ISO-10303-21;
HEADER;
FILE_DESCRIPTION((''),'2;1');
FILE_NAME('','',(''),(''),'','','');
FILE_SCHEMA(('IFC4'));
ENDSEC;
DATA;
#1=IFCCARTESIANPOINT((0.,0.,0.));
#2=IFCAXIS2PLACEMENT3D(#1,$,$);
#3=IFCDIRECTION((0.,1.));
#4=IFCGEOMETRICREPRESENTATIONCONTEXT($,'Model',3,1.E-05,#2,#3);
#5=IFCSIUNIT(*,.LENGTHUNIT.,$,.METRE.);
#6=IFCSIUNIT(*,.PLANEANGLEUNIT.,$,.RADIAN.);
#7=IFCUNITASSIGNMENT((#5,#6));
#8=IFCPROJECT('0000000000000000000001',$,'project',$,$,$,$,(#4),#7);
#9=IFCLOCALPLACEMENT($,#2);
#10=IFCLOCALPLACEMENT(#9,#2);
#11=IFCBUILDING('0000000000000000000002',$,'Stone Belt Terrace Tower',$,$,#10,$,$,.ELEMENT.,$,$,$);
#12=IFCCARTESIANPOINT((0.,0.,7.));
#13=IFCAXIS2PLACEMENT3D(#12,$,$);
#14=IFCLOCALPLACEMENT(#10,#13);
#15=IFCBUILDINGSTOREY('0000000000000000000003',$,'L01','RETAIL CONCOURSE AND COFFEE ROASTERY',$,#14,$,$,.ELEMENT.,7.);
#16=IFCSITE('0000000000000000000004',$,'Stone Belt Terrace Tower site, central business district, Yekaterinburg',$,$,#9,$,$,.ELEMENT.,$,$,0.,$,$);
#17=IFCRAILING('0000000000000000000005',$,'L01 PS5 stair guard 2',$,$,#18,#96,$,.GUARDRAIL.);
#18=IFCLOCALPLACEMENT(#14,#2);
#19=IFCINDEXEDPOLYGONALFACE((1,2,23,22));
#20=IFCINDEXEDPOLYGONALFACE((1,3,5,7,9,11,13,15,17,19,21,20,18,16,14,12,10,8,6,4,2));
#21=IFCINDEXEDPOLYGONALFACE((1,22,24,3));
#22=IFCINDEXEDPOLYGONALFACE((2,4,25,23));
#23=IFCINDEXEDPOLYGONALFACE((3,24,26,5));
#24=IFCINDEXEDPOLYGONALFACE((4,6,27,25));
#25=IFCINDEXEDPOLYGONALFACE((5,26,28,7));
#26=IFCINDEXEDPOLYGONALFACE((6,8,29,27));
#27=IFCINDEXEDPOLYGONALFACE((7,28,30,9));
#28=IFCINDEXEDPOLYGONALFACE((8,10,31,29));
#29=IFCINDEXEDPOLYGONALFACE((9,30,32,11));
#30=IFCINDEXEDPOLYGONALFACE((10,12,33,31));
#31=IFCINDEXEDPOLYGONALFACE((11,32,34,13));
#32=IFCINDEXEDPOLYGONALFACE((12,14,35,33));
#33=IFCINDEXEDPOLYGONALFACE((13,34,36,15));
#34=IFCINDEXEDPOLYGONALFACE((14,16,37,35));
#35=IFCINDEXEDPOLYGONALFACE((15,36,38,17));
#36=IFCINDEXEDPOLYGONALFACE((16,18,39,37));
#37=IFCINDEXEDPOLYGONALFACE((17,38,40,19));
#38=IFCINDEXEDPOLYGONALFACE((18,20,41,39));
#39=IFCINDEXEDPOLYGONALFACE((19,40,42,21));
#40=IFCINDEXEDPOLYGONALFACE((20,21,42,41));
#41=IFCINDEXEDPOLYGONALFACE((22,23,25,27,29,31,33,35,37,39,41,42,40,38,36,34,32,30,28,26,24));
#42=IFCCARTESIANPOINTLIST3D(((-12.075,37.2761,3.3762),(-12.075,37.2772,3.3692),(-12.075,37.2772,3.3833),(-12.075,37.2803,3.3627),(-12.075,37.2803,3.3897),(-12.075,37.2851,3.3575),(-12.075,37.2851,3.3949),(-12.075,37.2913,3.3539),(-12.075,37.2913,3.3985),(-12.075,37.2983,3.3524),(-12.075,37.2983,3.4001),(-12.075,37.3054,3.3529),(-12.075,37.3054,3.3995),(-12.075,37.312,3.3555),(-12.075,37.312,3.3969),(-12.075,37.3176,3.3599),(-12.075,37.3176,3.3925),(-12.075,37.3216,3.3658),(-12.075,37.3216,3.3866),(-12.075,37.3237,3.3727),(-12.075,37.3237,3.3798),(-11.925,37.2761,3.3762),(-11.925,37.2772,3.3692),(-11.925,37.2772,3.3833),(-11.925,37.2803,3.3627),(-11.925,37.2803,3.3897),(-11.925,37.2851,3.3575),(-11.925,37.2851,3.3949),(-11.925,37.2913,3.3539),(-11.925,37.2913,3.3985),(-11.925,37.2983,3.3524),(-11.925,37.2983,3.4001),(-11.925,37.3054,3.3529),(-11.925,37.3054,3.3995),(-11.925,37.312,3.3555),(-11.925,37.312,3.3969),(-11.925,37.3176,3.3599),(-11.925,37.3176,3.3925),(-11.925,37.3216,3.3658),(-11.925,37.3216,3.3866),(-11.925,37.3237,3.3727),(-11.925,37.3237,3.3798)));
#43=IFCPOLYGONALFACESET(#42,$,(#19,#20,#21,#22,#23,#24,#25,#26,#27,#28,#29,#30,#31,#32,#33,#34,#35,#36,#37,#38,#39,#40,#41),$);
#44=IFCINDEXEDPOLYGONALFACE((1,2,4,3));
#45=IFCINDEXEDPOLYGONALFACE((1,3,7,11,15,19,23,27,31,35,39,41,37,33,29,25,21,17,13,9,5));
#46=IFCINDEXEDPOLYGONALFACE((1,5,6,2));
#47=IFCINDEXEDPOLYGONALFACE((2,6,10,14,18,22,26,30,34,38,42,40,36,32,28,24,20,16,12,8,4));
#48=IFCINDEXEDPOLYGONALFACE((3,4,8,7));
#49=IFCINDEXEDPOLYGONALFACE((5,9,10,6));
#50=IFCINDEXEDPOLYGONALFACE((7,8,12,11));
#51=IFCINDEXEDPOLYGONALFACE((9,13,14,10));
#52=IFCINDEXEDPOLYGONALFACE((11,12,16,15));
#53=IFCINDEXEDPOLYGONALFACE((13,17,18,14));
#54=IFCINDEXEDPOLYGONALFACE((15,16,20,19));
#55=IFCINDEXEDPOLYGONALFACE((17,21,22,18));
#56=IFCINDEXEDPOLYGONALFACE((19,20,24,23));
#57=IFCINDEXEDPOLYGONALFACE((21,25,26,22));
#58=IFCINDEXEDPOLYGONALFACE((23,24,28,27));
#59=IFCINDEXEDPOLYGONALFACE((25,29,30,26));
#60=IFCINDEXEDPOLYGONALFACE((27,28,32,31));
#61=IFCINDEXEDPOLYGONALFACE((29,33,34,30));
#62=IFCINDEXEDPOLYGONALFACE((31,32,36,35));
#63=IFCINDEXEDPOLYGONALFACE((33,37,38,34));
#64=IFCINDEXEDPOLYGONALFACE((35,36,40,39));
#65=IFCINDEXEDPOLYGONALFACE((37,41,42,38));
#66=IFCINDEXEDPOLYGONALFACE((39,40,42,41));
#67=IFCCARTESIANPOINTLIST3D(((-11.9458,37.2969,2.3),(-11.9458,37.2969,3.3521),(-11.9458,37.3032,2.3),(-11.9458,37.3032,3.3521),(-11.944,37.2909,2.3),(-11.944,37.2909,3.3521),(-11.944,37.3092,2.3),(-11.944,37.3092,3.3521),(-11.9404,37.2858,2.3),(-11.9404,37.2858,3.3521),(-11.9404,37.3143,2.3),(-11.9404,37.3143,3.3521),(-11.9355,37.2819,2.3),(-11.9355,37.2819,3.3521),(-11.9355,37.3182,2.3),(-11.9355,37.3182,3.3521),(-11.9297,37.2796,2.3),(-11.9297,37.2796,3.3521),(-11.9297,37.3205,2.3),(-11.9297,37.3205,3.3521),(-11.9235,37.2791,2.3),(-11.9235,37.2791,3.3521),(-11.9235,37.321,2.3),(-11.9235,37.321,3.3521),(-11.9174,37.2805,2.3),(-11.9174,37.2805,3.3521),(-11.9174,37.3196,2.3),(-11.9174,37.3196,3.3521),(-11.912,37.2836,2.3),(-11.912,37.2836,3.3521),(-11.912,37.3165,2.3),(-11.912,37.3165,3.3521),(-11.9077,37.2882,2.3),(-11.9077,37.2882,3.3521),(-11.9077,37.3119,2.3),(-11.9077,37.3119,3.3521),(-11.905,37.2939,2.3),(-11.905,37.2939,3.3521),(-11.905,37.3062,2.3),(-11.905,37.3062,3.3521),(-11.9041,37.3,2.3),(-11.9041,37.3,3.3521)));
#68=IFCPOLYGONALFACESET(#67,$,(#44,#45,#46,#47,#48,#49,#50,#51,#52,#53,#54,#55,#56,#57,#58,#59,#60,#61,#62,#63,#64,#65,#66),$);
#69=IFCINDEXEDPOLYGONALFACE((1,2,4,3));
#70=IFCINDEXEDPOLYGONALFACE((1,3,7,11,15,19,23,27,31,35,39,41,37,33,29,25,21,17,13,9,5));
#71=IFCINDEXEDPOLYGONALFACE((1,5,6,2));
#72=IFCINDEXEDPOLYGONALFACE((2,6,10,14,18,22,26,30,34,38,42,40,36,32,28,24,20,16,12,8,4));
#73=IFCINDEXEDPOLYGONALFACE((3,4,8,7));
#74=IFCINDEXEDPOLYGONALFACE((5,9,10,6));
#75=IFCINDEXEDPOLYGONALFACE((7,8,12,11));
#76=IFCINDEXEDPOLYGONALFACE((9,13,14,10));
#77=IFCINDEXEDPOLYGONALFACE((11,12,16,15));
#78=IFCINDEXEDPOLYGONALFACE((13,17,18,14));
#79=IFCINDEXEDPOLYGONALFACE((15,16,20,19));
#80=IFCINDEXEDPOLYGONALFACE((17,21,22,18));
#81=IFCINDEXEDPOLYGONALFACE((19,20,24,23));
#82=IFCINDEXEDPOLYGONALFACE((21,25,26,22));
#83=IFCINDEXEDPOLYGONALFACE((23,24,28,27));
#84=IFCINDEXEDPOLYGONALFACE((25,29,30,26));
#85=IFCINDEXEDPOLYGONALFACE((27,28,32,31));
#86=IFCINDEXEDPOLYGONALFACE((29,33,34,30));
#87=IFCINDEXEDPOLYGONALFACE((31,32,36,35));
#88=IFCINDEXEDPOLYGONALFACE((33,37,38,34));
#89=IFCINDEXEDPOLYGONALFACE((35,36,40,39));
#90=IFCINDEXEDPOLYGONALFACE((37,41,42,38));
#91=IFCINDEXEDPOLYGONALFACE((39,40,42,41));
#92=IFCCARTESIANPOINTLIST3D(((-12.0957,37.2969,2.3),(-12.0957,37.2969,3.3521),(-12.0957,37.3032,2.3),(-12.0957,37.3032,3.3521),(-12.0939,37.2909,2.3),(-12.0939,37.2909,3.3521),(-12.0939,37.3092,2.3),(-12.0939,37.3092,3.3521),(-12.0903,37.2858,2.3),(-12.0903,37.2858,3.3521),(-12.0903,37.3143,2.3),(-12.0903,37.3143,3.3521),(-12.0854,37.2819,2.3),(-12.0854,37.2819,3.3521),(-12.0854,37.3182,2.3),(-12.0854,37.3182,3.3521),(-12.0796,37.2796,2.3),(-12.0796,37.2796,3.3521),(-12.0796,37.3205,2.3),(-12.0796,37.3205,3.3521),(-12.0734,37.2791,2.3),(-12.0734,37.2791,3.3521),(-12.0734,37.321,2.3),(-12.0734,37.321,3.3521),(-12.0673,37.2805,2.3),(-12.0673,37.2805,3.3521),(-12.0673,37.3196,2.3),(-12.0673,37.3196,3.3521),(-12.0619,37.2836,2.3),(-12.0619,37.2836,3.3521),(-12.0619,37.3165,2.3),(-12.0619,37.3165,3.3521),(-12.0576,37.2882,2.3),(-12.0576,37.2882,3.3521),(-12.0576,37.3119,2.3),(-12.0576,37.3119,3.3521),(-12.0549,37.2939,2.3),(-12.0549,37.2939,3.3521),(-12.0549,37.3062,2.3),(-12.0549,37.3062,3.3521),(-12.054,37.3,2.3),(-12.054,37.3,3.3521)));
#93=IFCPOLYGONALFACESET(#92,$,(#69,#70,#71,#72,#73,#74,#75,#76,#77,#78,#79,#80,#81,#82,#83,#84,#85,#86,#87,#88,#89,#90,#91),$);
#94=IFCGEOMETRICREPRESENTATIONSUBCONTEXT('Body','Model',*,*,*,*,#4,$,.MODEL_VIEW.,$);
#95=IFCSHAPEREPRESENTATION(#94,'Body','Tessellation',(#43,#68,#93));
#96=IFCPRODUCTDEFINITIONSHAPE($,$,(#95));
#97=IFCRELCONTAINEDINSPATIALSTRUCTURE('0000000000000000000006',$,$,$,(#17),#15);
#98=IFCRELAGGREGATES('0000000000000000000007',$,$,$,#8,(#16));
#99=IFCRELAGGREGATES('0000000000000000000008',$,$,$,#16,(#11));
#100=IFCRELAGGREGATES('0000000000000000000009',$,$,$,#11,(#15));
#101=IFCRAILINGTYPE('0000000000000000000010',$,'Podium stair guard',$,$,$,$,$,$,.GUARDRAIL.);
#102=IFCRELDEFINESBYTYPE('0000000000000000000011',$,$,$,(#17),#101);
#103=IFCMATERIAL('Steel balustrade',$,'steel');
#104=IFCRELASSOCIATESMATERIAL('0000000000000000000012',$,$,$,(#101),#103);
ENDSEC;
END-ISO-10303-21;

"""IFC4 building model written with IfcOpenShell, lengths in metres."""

from ifc_helpers import new_model, si_unit, direction, frame, origin, origin_2d, place, context, subcontext, project, spatial, circle, extrude, material, type_object, element, save


model = new_model("IFC4")

# Units and contexts
model_context = context("Model", 3, precision=1e-05, world=origin(), true_north=direction((0.0, 1.0)))
body_context = subcontext(model_context, "Body", "Model", "MODEL_VIEW")
ifc_project = project(units=[si_unit("LENGTHUNIT", "METRE"), si_unit("PLANEANGLEUNIT", "RADIAN")], contexts=[model_context])

# Site, building, storey
site_placement = place(None, origin())
site = spatial("IfcSite", under=ifc_project, at=site_placement, Name="Stone Belt Terrace Tower site, central business district, Yekaterinburg", CompositionType="ELEMENT", RefElevation=0.0)
building_placement = place(site_placement, origin())
building = spatial("IfcBuilding", under=site, at=building_placement, Name="Stone Belt Terrace Tower", CompositionType="ELEMENT")
storey_placement = place(building_placement, frame((0.0, 0.0, 7.0)))
storey = spatial("IfcBuildingStorey", under=building, at=storey_placement, Name="L01", Description="RETAIL CONCOURSE AND COFFEE ROASTERY", CompositionType="ELEMENT", Elevation=7.0)

# Railing
ifc_material_1 = material(Name="Steel balustrade", Category="steel")
railing_type_1 = type_object("IfcRailingType", Name="Podium stair guard", PredefinedType="GUARDRAIL", material=ifc_material_1)
railing_1_placement = place(storey_placement, frame((-11.925, 37.3, 2.3)))
element("IfcRailing", 1, at=railing_1_placement, inside=storey, type_object=railing_type_1, Name="L01 PS5 stair guard 2", PredefinedType="GUARDRAIL", context=body_context, shape_type="SweptSolid", body=[
    extrude(circle(Radius=0.0239, at=origin_2d()), frame((0.0, 0.0, 1.0762), z_axis=(-1.0, 0.0, 0.0), x_axis=(0.0, -1.0, 0.0)), (0.0, 0.0, 1.0), 0.1499),
    extrude(circle(Radius=0.021, at=origin_2d()), origin(), (0.0, 0.0, 1.0), 1.052),
    extrude(circle(Radius=0.021, at=origin_2d()), frame((-0.1499, 0.0, 0.0)), (0.0, 0.0, 1.0), 1.052),
])

save(model, "model.ifc")
